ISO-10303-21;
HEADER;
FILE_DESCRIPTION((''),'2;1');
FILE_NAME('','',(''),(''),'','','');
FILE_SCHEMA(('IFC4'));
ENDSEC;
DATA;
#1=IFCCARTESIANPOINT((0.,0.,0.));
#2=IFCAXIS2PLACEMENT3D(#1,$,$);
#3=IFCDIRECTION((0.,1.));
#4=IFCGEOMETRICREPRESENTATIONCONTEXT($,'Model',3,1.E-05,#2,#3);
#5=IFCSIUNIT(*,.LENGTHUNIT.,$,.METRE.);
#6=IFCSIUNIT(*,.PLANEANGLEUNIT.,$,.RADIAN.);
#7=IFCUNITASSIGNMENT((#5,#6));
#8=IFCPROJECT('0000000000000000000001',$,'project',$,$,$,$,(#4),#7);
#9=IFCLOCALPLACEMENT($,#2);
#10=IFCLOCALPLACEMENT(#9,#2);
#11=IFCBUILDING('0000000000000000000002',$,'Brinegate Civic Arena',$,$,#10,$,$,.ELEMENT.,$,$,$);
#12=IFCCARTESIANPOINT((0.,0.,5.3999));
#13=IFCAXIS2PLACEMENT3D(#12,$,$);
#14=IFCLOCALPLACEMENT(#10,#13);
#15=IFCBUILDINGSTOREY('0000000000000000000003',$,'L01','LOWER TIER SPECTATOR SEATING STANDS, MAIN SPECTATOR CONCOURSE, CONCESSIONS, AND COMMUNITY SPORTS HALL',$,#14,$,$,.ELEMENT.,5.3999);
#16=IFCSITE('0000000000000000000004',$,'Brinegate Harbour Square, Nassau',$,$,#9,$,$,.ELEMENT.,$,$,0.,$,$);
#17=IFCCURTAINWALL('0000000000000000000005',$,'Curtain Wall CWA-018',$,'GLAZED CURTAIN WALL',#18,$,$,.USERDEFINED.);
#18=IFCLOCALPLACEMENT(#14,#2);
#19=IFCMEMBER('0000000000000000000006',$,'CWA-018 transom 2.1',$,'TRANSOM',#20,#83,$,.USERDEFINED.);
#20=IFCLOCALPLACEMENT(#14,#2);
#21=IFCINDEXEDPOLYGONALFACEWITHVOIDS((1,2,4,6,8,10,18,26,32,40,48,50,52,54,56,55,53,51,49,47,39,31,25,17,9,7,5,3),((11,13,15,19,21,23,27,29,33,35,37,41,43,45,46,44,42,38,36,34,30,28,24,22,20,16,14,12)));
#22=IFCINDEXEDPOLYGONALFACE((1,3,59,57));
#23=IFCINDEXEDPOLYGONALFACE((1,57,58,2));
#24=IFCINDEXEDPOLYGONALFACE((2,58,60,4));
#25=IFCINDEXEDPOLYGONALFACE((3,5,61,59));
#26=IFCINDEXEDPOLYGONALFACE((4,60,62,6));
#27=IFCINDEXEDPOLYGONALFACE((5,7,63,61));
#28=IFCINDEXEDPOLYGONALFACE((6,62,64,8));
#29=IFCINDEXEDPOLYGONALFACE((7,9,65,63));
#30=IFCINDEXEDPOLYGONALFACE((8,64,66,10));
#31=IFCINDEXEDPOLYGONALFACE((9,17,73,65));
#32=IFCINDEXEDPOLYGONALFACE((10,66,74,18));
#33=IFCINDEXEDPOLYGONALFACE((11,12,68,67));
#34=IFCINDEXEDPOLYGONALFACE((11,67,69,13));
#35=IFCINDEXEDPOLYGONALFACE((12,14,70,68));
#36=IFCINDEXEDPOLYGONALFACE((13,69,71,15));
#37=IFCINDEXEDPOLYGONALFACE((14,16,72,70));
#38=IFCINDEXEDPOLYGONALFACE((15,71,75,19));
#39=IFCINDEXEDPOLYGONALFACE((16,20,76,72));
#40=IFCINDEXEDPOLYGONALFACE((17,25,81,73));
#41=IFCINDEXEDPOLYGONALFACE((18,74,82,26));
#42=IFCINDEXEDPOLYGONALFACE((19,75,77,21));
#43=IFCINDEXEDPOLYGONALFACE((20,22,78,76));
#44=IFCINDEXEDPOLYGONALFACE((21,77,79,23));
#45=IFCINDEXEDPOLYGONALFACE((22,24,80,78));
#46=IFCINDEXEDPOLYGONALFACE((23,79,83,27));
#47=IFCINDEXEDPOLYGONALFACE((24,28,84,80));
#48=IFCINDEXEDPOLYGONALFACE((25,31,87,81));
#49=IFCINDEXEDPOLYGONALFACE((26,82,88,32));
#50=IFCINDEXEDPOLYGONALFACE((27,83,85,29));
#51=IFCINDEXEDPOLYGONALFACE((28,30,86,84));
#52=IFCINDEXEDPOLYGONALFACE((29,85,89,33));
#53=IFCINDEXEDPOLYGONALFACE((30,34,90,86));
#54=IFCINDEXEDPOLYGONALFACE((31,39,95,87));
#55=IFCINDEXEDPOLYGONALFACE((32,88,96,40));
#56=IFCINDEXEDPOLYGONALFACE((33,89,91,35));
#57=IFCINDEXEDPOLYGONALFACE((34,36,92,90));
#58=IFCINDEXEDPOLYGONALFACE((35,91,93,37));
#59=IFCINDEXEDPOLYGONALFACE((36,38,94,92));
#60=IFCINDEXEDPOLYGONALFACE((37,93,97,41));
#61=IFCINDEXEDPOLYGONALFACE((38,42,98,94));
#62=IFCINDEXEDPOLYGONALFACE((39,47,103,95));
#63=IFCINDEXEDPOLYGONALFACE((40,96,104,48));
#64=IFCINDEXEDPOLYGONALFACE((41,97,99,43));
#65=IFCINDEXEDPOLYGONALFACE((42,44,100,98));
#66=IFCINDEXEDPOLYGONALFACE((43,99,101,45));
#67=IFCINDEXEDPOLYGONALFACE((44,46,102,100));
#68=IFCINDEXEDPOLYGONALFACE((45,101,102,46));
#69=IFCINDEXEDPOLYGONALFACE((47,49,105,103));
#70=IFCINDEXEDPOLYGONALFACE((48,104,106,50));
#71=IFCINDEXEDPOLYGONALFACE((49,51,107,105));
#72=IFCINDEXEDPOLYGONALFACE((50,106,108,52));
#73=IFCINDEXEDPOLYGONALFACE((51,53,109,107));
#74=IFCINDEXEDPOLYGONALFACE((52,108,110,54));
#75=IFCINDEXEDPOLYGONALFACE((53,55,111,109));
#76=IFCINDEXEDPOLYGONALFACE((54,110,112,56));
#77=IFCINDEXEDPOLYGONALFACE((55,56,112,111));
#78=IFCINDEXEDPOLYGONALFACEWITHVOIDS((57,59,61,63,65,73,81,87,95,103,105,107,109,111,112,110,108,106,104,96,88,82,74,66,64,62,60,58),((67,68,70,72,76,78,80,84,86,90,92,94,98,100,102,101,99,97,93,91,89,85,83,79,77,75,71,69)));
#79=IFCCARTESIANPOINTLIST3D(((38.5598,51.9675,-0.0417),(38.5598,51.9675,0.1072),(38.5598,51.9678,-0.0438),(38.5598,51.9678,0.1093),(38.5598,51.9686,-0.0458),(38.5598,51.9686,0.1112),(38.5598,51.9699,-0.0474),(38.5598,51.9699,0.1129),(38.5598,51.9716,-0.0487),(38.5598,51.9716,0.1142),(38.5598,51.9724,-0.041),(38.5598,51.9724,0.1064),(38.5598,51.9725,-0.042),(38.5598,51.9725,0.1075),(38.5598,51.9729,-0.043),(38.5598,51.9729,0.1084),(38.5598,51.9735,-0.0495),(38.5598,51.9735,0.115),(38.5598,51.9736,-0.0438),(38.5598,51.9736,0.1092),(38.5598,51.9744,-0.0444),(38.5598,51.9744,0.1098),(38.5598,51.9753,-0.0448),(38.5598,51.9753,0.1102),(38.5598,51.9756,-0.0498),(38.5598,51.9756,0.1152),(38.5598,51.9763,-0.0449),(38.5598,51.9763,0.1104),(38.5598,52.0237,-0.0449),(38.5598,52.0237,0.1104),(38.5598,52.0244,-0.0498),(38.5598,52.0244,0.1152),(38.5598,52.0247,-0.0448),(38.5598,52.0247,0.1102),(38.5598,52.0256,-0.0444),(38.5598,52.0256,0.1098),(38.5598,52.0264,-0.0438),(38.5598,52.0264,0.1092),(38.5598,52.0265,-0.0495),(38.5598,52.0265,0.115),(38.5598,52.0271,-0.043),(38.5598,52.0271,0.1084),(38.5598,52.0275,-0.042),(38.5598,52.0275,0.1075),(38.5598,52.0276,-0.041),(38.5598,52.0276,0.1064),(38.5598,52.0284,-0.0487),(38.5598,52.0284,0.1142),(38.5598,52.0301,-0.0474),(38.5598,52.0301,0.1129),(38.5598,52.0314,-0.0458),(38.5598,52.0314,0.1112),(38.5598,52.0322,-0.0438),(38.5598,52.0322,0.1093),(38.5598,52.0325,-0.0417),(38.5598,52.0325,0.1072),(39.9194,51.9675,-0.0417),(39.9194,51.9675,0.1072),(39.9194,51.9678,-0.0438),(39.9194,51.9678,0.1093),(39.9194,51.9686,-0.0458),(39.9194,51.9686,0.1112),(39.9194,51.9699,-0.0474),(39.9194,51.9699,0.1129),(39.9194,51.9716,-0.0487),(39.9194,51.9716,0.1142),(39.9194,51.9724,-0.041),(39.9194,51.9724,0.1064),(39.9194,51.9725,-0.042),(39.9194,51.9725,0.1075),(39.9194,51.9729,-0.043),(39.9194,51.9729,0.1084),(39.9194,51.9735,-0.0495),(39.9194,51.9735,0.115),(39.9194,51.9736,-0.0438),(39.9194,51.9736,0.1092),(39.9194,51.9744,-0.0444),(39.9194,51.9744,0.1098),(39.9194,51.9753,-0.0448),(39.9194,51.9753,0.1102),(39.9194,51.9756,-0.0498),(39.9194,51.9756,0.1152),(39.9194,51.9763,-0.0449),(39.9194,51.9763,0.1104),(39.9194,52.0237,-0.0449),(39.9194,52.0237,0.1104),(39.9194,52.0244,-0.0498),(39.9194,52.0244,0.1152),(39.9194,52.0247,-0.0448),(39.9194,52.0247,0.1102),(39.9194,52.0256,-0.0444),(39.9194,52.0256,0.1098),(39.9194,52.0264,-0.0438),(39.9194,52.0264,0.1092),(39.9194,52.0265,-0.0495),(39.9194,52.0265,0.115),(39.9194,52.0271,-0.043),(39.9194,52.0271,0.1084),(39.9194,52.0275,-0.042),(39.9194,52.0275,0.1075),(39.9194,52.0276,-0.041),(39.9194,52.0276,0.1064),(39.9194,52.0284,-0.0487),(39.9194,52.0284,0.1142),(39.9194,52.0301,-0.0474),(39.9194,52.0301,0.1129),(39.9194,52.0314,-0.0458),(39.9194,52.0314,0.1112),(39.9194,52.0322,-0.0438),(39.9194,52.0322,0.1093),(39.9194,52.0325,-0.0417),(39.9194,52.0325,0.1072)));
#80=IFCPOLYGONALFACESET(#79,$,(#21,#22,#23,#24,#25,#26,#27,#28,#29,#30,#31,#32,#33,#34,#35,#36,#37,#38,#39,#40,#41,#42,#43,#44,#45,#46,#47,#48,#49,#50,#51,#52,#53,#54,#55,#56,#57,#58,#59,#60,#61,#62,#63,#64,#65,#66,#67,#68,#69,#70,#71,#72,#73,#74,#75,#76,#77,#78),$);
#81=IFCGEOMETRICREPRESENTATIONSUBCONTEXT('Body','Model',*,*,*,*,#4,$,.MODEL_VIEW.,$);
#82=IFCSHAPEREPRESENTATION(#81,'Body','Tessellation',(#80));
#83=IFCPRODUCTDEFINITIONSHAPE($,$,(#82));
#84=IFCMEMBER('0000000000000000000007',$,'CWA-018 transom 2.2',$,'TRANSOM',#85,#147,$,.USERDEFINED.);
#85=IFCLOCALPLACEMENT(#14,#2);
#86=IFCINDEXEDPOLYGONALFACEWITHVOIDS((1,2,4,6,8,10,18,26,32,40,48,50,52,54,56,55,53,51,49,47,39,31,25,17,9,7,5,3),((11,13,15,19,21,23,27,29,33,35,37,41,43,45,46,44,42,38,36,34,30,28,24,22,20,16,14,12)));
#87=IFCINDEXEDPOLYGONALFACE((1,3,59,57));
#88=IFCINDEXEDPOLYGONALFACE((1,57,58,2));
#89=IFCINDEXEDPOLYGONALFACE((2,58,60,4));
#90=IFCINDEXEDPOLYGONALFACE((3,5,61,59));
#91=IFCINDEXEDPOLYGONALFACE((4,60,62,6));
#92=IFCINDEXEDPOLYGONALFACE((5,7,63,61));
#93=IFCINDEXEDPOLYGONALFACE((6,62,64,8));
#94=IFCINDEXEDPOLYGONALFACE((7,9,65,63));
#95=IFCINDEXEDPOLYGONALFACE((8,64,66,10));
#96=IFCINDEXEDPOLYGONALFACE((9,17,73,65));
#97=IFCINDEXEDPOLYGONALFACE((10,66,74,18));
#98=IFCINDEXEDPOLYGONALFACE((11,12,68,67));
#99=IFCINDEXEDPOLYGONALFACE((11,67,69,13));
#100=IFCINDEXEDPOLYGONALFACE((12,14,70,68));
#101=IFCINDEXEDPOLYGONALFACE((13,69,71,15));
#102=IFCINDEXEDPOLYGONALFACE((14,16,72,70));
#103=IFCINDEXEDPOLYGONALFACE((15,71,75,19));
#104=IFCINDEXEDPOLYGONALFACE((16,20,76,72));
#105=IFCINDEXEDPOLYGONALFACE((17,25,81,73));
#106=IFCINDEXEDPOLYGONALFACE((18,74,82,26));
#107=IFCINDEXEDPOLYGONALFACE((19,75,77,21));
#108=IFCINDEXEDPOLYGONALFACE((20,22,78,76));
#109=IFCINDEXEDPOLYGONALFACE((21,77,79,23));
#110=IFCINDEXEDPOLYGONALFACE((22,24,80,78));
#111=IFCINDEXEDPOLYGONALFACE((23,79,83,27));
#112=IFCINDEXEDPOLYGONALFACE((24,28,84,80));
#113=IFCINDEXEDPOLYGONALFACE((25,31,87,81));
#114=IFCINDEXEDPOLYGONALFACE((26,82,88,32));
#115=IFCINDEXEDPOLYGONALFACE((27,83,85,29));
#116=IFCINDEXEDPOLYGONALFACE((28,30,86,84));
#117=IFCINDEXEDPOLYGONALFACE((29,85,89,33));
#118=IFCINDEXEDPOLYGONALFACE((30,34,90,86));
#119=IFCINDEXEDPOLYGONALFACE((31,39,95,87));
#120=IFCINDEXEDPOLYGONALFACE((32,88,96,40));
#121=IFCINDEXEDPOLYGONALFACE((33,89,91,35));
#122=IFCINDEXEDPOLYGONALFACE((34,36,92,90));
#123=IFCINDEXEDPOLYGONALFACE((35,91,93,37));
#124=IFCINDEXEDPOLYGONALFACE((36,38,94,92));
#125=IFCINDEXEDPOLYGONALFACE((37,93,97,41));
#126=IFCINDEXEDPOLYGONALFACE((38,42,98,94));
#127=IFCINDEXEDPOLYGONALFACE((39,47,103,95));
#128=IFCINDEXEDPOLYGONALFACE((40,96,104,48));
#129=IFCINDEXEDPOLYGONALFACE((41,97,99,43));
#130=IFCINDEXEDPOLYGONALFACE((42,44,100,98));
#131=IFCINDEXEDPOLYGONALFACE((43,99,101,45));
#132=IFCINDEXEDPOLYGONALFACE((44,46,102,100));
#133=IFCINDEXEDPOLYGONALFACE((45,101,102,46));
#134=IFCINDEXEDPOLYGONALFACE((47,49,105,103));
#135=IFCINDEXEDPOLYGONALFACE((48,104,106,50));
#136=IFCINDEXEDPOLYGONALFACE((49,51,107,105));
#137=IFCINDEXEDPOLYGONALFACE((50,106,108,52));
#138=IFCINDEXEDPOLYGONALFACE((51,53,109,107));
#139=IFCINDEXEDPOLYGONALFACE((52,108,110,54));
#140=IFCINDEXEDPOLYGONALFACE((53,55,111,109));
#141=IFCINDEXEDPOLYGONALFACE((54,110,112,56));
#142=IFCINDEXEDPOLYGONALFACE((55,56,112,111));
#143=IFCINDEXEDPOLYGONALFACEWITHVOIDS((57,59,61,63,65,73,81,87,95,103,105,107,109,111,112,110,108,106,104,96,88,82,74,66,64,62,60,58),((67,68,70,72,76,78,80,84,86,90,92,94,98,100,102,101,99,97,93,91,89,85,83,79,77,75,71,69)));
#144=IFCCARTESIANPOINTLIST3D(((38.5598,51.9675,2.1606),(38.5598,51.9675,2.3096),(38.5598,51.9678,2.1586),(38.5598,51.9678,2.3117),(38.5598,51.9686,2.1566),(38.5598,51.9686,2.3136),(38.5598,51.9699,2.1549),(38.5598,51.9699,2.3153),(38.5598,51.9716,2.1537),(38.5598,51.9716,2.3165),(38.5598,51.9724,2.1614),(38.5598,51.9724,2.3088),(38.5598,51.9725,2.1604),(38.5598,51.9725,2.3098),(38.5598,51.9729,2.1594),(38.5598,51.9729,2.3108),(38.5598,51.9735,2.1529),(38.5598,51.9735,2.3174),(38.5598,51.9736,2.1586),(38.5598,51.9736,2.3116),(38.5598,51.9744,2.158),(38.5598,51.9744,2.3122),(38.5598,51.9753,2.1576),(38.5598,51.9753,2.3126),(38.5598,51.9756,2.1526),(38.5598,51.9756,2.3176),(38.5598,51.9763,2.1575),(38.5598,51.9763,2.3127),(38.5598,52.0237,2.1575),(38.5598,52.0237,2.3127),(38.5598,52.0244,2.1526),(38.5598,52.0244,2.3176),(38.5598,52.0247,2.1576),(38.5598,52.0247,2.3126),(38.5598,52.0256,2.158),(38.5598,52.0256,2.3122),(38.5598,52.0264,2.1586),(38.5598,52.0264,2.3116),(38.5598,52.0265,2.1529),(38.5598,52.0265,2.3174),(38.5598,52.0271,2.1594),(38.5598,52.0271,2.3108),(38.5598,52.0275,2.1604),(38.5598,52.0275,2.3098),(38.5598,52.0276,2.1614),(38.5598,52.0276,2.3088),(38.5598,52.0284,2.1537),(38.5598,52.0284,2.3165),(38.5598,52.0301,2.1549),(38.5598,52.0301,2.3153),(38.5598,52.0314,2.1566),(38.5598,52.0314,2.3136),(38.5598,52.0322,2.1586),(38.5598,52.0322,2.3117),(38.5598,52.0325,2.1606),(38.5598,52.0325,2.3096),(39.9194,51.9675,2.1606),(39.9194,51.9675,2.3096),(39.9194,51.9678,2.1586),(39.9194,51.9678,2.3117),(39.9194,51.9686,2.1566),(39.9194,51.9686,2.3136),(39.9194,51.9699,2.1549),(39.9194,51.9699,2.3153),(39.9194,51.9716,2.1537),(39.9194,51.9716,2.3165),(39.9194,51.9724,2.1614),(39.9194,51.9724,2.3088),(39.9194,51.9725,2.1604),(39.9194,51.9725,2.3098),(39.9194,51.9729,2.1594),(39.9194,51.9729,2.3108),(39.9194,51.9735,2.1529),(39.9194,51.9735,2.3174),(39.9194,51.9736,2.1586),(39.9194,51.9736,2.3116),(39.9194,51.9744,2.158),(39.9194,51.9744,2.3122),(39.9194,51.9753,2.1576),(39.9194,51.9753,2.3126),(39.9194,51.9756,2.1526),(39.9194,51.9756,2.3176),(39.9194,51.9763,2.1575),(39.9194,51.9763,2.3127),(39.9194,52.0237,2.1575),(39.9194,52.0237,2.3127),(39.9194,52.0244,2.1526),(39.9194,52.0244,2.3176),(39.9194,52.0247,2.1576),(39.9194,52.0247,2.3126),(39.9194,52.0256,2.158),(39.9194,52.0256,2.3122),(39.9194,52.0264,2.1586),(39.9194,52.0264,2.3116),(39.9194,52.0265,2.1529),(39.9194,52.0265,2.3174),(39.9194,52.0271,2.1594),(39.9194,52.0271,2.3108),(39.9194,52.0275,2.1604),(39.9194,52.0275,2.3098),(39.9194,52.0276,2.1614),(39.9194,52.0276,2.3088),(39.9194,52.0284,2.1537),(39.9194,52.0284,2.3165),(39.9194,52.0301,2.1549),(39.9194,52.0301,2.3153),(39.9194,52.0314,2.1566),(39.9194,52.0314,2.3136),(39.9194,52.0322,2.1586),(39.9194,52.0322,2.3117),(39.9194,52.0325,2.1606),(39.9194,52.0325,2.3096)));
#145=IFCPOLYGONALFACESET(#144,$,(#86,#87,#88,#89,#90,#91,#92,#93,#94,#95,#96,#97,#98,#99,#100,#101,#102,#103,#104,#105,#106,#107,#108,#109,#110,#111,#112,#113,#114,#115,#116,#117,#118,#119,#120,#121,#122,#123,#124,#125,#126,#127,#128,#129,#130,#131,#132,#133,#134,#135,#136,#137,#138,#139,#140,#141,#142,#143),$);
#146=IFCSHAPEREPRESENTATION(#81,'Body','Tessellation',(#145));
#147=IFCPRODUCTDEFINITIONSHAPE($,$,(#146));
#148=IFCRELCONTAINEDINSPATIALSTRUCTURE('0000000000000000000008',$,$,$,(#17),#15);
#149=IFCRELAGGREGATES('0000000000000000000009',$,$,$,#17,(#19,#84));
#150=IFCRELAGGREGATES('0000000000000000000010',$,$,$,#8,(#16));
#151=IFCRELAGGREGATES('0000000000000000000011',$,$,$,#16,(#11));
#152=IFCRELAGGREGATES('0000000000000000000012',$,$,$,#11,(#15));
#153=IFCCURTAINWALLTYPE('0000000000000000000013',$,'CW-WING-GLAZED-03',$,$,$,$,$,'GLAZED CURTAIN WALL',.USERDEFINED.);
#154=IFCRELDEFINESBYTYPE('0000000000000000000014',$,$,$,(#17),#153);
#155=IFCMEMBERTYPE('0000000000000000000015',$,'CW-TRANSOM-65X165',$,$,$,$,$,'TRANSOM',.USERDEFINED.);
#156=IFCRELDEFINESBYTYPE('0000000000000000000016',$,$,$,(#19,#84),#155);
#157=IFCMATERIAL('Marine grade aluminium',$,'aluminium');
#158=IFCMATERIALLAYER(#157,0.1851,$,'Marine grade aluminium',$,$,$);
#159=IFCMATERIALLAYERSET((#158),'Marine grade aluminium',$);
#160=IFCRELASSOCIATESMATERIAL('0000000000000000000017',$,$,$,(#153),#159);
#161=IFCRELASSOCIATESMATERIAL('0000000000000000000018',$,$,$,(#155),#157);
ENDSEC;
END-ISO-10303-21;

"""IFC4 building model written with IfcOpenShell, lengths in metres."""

from ifc_helpers import new_model, si_unit, direction, frame, origin, origin_2d, place, context, subcontext, project, spatial, hollow_rectangle, extrude, material, layer, layer_set, material_profile, profile_set, type_object, element, aggregate, save


model = new_model("IFC4")

# Units and contexts
model_context = context("Model", 3, precision=1e-05, world=origin(), true_north=direction((0.0, 1.0)))
body_context = subcontext(model_context, "Body", "Model", "MODEL_VIEW")
ifc_project = project(units=[si_unit("LENGTHUNIT", "METRE"), si_unit("PLANEANGLEUNIT", "RADIAN")], contexts=[model_context])

# Site, building, storey
site_placement = place(None, origin())
site = spatial("IfcSite", under=ifc_project, at=site_placement, Name="Brinegate Harbour Square, Nassau", CompositionType="ELEMENT", RefElevation=0.0)
building_placement = place(site_placement, origin())
building = spatial("IfcBuilding", under=site, at=building_placement, Name="Brinegate Civic Arena", CompositionType="ELEMENT")
storey_placement = place(building_placement, frame((0.0, 0.0, 5.3999)))
storey = spatial("IfcBuildingStorey", under=building, at=storey_placement, Name="L01", Description="LOWER TIER SPECTATOR SEATING STANDS, MAIN SPECTATOR CONCOURSE, CONCESSIONS, AND COMMUNITY SPORTS HALL", CompositionType="ELEMENT", Elevation=5.3999)

# Curtain wall, members
ifc_material_1 = material(Name="Marine grade aluminium", Category="aluminium")
ifc_layer_1 = layer(ifc_material_1, 0.1851, Name="Marine grade aluminium")
ifc_layer_set_1 = layer_set([ifc_layer_1], Name="Marine grade aluminium")
curtain_wall_type = type_object("IfcCurtainWallType", Name="CW-WING-GLAZED-03", ElementType="GLAZED CURTAIN WALL", PredefinedType="USERDEFINED", material=ifc_layer_set_1)
curtain_wall_placement = place(storey_placement, origin())
curtain_wall = element("IfcCurtainWall", 1, at=curtain_wall_placement, inside=storey, type_object=curtain_wall_type, Name="Curtain Wall CWA-018", ObjectType="GLAZED CURTAIN WALL", PredefinedType="USERDEFINED")
ifc_material_profile_1 = material_profile(ifc_material_1, hollow_rectangle(XDim=0.0649, YDim=0.165, WallThickness=0.0049, InnerFilletRadius=0.0039, OuterFilletRadius=0.0081, at=origin_2d()), Name="TRN65X165")
ifc_profile_set_1 = profile_set([ifc_material_profile_1], Name="Marine grade aluminium")
member_type_1 = type_object("IfcMemberType", Name="CW-TRANSOM-65X165", ElementType="TRANSOM", PredefinedType="USERDEFINED", material=ifc_profile_set_1)
member_1_placement = place(storey_placement, frame((38.5598, 52.0, 0.0327), z_axis=(1.0, 0.0, 0.0), x_axis=(0.0, 1.0, 0.0)))
member_1 = element("IfcMember", 2, at=member_1_placement, type_object=member_type_1, Name="CWA-018 transom 2.1", ObjectType="TRANSOM", PredefinedType="USERDEFINED", context=body_context, shape_type="SweptSolid", body=[
    extrude(hollow_rectangle(XDim=0.0649, YDim=0.165, WallThickness=0.0049, InnerFilletRadius=0.0039, OuterFilletRadius=0.0081, at=origin_2d()), origin(), (0.0, 0.0, 1.0), 1.3596),
])
member_2_placement = place(storey_placement, frame((38.5598, 52.0, 2.2351), z_axis=(1.0, 0.0, 0.0), x_axis=(0.0, 1.0, 0.0)))
member_2 = element("IfcMember", 3, at=member_2_placement, type_object=member_type_1, Name="CWA-018 transom 2.2", ObjectType="TRANSOM", PredefinedType="USERDEFINED", context=body_context, shape_type="SweptSolid", body=[
    extrude(hollow_rectangle(XDim=0.0649, YDim=0.165, WallThickness=0.0049, InnerFilletRadius=0.0039, OuterFilletRadius=0.0081, at=origin_2d()), origin(), (0.0, 0.0, 1.0), 1.3596),
])
aggregate(curtain_wall, [member_1, member_2])

save(model, "model.ifc")
